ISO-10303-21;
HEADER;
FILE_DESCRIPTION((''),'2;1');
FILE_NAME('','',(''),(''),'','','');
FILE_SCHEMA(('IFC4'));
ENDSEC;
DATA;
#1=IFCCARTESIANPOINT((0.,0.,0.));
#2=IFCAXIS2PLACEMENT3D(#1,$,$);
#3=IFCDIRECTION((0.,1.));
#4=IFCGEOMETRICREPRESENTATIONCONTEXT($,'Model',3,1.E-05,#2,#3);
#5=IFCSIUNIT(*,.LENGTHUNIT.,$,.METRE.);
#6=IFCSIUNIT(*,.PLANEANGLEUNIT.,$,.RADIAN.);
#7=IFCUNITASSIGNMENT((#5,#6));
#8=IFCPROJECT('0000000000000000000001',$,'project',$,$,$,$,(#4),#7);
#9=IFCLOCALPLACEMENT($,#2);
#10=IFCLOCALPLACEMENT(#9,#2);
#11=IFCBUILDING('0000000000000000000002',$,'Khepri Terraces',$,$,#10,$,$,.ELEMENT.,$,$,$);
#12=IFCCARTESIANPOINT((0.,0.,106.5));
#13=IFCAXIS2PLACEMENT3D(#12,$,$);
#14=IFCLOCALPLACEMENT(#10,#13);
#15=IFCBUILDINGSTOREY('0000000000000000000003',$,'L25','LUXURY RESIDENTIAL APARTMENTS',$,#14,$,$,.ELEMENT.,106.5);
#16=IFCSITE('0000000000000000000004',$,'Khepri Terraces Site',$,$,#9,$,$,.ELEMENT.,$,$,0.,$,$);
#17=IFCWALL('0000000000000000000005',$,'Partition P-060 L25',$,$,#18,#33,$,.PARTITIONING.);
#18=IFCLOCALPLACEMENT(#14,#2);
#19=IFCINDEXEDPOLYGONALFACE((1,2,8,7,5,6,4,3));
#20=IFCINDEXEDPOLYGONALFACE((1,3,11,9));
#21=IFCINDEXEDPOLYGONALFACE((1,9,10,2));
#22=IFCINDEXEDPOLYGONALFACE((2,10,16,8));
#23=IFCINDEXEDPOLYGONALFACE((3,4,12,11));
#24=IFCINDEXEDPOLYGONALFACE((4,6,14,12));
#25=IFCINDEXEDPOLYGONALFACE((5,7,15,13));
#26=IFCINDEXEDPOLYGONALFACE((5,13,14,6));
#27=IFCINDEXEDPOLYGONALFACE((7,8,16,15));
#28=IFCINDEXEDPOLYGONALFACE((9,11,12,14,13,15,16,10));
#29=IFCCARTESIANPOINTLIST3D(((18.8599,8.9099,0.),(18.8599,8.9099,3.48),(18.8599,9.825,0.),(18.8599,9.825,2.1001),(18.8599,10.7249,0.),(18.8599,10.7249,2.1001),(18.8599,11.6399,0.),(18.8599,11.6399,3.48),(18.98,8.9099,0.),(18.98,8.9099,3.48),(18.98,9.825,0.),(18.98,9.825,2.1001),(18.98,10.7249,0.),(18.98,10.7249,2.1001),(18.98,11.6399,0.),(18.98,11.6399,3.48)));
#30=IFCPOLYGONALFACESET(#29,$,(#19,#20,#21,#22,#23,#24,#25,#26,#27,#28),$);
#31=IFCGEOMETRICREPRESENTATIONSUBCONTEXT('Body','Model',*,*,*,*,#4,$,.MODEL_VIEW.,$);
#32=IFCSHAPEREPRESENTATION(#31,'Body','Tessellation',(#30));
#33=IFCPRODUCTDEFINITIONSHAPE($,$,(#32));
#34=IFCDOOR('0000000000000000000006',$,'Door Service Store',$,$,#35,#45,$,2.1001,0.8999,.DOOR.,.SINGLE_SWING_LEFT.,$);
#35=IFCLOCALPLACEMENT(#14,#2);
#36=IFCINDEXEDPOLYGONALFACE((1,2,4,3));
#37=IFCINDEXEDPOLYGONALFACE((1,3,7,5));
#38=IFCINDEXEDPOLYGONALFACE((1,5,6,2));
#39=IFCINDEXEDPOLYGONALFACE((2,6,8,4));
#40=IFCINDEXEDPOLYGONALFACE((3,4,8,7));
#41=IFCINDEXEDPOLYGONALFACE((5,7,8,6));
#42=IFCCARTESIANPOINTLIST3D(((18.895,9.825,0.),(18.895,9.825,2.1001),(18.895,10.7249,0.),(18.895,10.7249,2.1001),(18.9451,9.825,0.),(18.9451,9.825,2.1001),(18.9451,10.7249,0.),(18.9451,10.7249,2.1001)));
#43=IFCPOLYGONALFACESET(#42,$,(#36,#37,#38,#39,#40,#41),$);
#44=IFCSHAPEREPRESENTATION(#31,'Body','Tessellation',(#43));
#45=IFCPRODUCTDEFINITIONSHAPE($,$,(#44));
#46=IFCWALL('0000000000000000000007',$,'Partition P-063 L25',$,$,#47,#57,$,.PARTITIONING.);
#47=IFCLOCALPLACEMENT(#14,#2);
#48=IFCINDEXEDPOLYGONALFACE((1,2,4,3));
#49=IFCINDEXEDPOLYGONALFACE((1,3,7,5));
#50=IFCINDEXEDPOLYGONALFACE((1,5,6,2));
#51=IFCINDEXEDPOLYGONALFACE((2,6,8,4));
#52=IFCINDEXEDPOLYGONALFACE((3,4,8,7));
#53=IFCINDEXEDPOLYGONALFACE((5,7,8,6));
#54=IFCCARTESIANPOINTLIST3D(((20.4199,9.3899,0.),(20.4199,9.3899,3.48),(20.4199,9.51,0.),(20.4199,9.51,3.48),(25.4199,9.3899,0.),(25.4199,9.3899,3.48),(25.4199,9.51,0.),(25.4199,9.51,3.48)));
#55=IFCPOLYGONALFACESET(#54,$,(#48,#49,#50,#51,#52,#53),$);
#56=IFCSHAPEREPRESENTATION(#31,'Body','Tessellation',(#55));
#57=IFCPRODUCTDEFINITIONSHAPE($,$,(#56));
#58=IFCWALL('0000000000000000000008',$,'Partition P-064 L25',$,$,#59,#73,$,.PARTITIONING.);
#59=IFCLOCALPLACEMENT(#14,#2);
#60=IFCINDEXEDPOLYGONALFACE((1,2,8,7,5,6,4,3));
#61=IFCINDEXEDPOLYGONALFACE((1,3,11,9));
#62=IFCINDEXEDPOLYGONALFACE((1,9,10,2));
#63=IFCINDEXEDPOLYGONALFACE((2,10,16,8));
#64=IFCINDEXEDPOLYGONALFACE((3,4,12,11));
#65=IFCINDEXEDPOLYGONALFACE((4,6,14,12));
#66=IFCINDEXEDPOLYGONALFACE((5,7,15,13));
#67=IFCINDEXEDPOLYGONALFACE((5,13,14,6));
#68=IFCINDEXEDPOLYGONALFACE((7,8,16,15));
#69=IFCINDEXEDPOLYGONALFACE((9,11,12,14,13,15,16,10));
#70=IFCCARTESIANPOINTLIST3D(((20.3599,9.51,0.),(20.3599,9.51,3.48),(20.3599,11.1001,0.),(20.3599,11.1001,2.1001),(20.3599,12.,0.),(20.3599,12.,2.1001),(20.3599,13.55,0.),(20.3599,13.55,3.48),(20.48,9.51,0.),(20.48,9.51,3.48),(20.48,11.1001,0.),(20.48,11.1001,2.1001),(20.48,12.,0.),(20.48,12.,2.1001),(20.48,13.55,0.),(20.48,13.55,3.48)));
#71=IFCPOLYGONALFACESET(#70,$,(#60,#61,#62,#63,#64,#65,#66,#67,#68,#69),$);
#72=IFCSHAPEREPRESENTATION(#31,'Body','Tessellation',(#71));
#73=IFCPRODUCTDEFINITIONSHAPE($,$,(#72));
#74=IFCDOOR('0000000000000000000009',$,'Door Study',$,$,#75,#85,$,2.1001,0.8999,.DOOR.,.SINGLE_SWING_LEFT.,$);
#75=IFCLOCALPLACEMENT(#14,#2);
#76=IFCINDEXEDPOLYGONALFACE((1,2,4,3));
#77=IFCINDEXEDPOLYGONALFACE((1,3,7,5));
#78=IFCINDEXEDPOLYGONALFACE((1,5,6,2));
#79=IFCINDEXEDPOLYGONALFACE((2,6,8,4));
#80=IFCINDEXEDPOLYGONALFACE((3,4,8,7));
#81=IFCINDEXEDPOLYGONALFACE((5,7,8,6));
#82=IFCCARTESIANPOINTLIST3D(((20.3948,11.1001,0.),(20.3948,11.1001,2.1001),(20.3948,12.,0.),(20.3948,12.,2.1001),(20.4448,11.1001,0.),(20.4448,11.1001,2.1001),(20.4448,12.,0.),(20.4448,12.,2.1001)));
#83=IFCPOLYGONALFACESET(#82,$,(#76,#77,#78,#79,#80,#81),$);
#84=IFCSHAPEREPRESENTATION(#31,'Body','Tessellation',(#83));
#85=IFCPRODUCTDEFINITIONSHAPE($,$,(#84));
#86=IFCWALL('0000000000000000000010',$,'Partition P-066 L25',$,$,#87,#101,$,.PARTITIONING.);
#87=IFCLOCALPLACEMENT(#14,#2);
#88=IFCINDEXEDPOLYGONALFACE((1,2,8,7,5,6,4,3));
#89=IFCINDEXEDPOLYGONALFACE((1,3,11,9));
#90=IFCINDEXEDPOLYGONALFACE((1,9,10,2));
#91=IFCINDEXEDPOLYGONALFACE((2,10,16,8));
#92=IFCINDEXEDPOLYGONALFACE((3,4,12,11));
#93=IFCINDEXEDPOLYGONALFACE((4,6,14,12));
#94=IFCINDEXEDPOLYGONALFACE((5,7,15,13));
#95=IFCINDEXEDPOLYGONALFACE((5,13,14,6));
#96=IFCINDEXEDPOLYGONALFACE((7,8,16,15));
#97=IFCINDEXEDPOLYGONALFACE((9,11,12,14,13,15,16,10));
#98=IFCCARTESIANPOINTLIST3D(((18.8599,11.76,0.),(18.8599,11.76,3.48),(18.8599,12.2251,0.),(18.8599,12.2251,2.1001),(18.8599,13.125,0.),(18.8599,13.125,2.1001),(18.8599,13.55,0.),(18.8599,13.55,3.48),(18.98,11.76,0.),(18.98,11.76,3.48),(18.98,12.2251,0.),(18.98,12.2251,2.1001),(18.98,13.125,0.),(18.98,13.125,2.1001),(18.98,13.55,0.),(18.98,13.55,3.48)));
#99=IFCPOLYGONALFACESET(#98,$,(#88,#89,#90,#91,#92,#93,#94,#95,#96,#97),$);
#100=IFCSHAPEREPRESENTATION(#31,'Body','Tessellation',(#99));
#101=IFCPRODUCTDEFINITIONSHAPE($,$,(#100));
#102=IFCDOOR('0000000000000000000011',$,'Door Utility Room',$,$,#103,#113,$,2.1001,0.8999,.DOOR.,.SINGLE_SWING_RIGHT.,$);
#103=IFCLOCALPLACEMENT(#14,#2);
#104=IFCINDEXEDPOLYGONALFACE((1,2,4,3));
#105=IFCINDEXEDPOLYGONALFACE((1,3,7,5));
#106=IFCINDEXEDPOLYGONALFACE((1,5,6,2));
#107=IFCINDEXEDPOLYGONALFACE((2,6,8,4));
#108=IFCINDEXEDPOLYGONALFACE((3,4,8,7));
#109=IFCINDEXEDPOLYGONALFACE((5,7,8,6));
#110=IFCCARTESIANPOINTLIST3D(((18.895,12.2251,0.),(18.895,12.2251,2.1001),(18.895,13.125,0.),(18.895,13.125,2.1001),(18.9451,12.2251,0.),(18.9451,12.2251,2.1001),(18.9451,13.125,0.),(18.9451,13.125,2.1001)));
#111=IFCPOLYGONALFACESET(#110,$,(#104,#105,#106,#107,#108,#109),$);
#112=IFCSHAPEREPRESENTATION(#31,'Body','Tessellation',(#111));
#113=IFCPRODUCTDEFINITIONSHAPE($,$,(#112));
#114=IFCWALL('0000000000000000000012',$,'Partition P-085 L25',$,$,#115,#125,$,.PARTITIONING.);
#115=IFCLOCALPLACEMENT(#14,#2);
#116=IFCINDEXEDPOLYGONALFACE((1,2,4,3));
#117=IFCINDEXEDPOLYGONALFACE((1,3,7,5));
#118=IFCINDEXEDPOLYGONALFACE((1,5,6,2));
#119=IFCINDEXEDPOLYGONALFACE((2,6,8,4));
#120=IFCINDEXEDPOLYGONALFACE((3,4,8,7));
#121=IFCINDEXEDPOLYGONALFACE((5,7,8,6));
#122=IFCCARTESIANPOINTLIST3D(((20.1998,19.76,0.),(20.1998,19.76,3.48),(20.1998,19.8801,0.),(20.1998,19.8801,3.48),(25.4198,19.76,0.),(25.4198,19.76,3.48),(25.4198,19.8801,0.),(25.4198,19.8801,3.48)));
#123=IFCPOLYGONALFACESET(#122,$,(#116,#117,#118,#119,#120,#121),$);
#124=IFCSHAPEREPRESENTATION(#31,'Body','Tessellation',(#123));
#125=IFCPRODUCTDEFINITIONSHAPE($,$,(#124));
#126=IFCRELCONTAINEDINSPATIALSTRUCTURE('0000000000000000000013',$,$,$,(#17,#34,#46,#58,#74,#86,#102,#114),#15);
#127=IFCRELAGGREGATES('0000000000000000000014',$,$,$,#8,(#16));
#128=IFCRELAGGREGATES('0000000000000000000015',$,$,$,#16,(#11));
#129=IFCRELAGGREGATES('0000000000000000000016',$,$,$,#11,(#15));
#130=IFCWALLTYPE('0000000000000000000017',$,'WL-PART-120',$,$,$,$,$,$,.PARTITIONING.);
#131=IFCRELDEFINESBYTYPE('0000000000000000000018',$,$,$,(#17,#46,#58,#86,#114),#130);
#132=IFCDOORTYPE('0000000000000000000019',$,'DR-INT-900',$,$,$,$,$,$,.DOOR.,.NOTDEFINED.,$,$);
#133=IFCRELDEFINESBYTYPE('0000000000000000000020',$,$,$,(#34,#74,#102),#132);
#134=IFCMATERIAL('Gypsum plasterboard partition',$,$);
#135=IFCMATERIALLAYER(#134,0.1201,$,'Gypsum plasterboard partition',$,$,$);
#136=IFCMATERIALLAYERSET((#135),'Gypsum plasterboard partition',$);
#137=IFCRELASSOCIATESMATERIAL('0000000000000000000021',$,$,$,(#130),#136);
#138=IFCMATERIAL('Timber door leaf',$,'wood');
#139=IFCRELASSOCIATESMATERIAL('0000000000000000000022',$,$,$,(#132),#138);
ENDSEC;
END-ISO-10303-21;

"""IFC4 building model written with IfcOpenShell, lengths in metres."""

from ifc_helpers import new_model, si_unit, direction, frame, frame_2d, origin, place, context, subcontext, project, spatial, rectangle, extrude, material, layer, layer_set, type_object, element, fill, save


model = new_model("IFC4")

# Units and contexts
model_context = context("Model", 3, precision=1e-05, world=origin(), true_north=direction((0.0, 1.0)))
body_context = subcontext(model_context, "Body", "Model", "MODEL_VIEW")
ifc_project = project(units=[si_unit("LENGTHUNIT", "METRE"), si_unit("PLANEANGLEUNIT", "RADIAN")], contexts=[model_context])

# Site, building, storey
site_placement = place(None, origin())
site = spatial("IfcSite", under=ifc_project, at=site_placement, Name="Khepri Terraces Site", CompositionType="ELEMENT", RefElevation=0.0)
building_placement = place(site_placement, origin())
building = spatial("IfcBuilding", under=site, at=building_placement, Name="Khepri Terraces", CompositionType="ELEMENT")
storey_placement = place(building_placement, frame((0.0, 0.0, 106.5)))
storey = spatial("IfcBuildingStorey", under=building, at=storey_placement, Name="L25", Description="LUXURY RESIDENTIAL APARTMENTS", CompositionType="ELEMENT", Elevation=106.5)

# Wall, opening, door
ifc_material_1 = material(Name="Gypsum plasterboard partition")
ifc_layer_1 = layer(ifc_material_1, 0.1201, Name="Gypsum plasterboard partition")
ifc_layer_set_1 = layer_set([ifc_layer_1], Name="Gypsum plasterboard partition")
wall_type_1 = type_object("IfcWallType", Name="WL-PART-120", PredefinedType="PARTITIONING", material=ifc_layer_set_1)
wall_1_placement = place(storey_placement, frame((18.9199, 8.9099, 0.0), z_axis=(0.0, 0.0, 1.0), x_axis=(0.0, 1.0, 0.0)))
wall_1 = element("IfcWall", 1, at=wall_1_placement, inside=storey, type_object=wall_type_1, Name="Partition P-060 L25", PredefinedType="PARTITIONING", context=body_context, shape_type="SweptSolid", body=[
    extrude(rectangle(XDim=2.73, YDim=0.1201, at=frame_2d((1.365, 0.0))), origin(), (0.0, 0.0, 1.0), 3.48),
])
opening_1_placement = place(wall_1_placement, frame((0.915, 0.0, 0.0)))
opening_1 = element("IfcOpeningElement", 2, at=opening_1_placement, cuts=wall_1, PredefinedType="OPENING", context=body_context, shape_type="SweptSolid", body=[
    extrude(rectangle(XDim=0.8999, YDim=2.1001, at=frame_2d((0.45, 1.05))), frame((0.0, 0.0701, 0.0), z_axis=(0.0, -1.0, 0.0), x_axis=(1.0, 0.0, 0.0)), (0.0, 0.0, 1.0), 0.1401),
])
ifc_material_2 = material(Name="Timber door leaf", Category="wood")
door_type_1 = type_object("IfcDoorType", Name="DR-INT-900", OperationType="NOTDEFINED", PredefinedType="DOOR", material=ifc_material_2)
door_1_placement = place(opening_1_placement, origin())
door_1 = element("IfcDoor", 3, at=door_1_placement, inside=storey, type_object=door_type_1, Name="Door Service Store", OperationType="SINGLE_SWING_LEFT", OverallHeight=2.1001, OverallWidth=0.8999, PredefinedType="DOOR", context=body_context, shape_type="SweptSolid", body=[
    extrude(rectangle(XDim=0.8999, YDim=2.1001, at=frame_2d((0.45, 1.05))), frame((0.0, 0.0249, 0.0), z_axis=(0.0, -1.0, 0.0), x_axis=(1.0, 0.0, 0.0)), (0.0, 0.0, 1.0), 0.05),
])
fill(opening_1, door_1)

# Wall
wall_2_placement = place(storey_placement, frame((20.4199, 9.45, 0.0), z_axis=(0.0, 0.0, 1.0), x_axis=(1.0, 0.0, 0.0)))
element("IfcWall", 4, at=wall_2_placement, inside=storey, type_object=wall_type_1, Name="Partition P-063 L25", PredefinedType="PARTITIONING", context=body_context, shape_type="SweptSolid", body=[
    extrude(rectangle(XDim=5.0, YDim=0.1201, at=frame_2d((2.5, 0.0))), origin(), (0.0, 0.0, 1.0), 3.48),
])

# Walls, openings, doors
wall_3_placement = place(storey_placement, frame((20.4199, 9.51, 0.0), z_axis=(0.0, 0.0, 1.0), x_axis=(0.0, 1.0, 0.0)))
wall_3 = element("IfcWall", 5, at=wall_3_placement, inside=storey, type_object=wall_type_1, Name="Partition P-064 L25", PredefinedType="PARTITIONING", context=body_context, shape_type="SweptSolid", body=[
    extrude(rectangle(XDim=4.04, YDim=0.1201, at=frame_2d((2.02, 0.0))), origin(), (0.0, 0.0, 1.0), 3.48),
])
opening_2_placement = place(wall_3_placement, frame((1.5901, 0.0, 0.0)))
opening_2 = element("IfcOpeningElement", 6, at=opening_2_placement, cuts=wall_3, PredefinedType="OPENING", context=body_context, shape_type="SweptSolid", body=[
    extrude(rectangle(XDim=0.8999, YDim=2.1001, at=frame_2d((0.45, 1.05))), frame((0.0, 0.0701, 0.0), z_axis=(0.0, -1.0, 0.0), x_axis=(1.0, 0.0, 0.0)), (0.0, 0.0, 1.0), 0.1401),
])
door_2_placement = place(opening_2_placement, frame((0.8999, 0.0, 0.0), z_axis=(0.0, 0.0, 1.0), x_axis=(-1.0, 0.0, 0.0)))
door_2 = element("IfcDoor", 7, at=door_2_placement, inside=storey, type_object=door_type_1, Name="Door Study", OperationType="SINGLE_SWING_LEFT", OverallHeight=2.1001, OverallWidth=0.8999, PredefinedType="DOOR", context=body_context, shape_type="SweptSolid", body=[
    extrude(rectangle(XDim=0.8999, YDim=2.1001, at=frame_2d((0.45, 1.05))), frame((0.0, 0.0249, 0.0), z_axis=(0.0, -1.0, 0.0), x_axis=(1.0, 0.0, 0.0)), (0.0, 0.0, 1.0), 0.05),
])
fill(opening_2, door_2)
wall_4_placement = place(storey_placement, frame((18.9199, 11.76, 0.0), z_axis=(0.0, 0.0, 1.0), x_axis=(0.0, 1.0, 0.0)))
wall_4 = element("IfcWall", 8, at=wall_4_placement, inside=storey, type_object=wall_type_1, Name="Partition P-066 L25", PredefinedType="PARTITIONING", context=body_context, shape_type="SweptSolid", body=[
    extrude(rectangle(XDim=1.79, YDim=0.1201, at=frame_2d((0.895, 0.0))), origin(), (0.0, 0.0, 1.0), 3.48),
])
opening_3_placement = place(wall_4_placement, frame((0.4651, 0.0, 0.0)))
opening_3 = element("IfcOpeningElement", 9, at=opening_3_placement, cuts=wall_4, PredefinedType="OPENING", context=body_context, shape_type="SweptSolid", body=[
    extrude(rectangle(XDim=0.8999, YDim=2.1001, at=frame_2d((0.45, 1.05))), frame((0.0, 0.0701, 0.0), z_axis=(0.0, -1.0, 0.0), x_axis=(1.0, 0.0, 0.0)), (0.0, 0.0, 1.0), 0.1401),
])
door_3_placement = place(opening_3_placement, origin())
door_3 = element("IfcDoor", 10, at=door_3_placement, inside=storey, type_object=door_type_1, Name="Door Utility Room", OperationType="SINGLE_SWING_RIGHT", OverallHeight=2.1001, OverallWidth=0.8999, PredefinedType="DOOR", context=body_context, shape_type="SweptSolid", body=[
    extrude(rectangle(XDim=0.8999, YDim=2.1001, at=frame_2d((0.45, 1.05))), frame((0.0, 0.0249, 0.0), z_axis=(0.0, -1.0, 0.0), x_axis=(1.0, 0.0, 0.0)), (0.0, 0.0, 1.0), 0.05),
])
fill(opening_3, door_3)

# Wall
wall_5_placement = place(storey_placement, frame((20.2, 19.8201, 0.0), z_axis=(0.0, 0.0, 1.0), x_axis=(1.0, 0.0, 0.0)))
element("IfcWall", 11, at=wall_5_placement, inside=storey, type_object=wall_type_1, Name="Partition P-085 L25", PredefinedType="PARTITIONING", context=body_context, shape_type="SweptSolid", body=[
    extrude(rectangle(XDim=5.22, YDim=0.1201, at=frame_2d((2.6099, 0.0))), origin(), (0.0, 0.0, 1.0), 3.48),
])

save(model, "model.ifc")
